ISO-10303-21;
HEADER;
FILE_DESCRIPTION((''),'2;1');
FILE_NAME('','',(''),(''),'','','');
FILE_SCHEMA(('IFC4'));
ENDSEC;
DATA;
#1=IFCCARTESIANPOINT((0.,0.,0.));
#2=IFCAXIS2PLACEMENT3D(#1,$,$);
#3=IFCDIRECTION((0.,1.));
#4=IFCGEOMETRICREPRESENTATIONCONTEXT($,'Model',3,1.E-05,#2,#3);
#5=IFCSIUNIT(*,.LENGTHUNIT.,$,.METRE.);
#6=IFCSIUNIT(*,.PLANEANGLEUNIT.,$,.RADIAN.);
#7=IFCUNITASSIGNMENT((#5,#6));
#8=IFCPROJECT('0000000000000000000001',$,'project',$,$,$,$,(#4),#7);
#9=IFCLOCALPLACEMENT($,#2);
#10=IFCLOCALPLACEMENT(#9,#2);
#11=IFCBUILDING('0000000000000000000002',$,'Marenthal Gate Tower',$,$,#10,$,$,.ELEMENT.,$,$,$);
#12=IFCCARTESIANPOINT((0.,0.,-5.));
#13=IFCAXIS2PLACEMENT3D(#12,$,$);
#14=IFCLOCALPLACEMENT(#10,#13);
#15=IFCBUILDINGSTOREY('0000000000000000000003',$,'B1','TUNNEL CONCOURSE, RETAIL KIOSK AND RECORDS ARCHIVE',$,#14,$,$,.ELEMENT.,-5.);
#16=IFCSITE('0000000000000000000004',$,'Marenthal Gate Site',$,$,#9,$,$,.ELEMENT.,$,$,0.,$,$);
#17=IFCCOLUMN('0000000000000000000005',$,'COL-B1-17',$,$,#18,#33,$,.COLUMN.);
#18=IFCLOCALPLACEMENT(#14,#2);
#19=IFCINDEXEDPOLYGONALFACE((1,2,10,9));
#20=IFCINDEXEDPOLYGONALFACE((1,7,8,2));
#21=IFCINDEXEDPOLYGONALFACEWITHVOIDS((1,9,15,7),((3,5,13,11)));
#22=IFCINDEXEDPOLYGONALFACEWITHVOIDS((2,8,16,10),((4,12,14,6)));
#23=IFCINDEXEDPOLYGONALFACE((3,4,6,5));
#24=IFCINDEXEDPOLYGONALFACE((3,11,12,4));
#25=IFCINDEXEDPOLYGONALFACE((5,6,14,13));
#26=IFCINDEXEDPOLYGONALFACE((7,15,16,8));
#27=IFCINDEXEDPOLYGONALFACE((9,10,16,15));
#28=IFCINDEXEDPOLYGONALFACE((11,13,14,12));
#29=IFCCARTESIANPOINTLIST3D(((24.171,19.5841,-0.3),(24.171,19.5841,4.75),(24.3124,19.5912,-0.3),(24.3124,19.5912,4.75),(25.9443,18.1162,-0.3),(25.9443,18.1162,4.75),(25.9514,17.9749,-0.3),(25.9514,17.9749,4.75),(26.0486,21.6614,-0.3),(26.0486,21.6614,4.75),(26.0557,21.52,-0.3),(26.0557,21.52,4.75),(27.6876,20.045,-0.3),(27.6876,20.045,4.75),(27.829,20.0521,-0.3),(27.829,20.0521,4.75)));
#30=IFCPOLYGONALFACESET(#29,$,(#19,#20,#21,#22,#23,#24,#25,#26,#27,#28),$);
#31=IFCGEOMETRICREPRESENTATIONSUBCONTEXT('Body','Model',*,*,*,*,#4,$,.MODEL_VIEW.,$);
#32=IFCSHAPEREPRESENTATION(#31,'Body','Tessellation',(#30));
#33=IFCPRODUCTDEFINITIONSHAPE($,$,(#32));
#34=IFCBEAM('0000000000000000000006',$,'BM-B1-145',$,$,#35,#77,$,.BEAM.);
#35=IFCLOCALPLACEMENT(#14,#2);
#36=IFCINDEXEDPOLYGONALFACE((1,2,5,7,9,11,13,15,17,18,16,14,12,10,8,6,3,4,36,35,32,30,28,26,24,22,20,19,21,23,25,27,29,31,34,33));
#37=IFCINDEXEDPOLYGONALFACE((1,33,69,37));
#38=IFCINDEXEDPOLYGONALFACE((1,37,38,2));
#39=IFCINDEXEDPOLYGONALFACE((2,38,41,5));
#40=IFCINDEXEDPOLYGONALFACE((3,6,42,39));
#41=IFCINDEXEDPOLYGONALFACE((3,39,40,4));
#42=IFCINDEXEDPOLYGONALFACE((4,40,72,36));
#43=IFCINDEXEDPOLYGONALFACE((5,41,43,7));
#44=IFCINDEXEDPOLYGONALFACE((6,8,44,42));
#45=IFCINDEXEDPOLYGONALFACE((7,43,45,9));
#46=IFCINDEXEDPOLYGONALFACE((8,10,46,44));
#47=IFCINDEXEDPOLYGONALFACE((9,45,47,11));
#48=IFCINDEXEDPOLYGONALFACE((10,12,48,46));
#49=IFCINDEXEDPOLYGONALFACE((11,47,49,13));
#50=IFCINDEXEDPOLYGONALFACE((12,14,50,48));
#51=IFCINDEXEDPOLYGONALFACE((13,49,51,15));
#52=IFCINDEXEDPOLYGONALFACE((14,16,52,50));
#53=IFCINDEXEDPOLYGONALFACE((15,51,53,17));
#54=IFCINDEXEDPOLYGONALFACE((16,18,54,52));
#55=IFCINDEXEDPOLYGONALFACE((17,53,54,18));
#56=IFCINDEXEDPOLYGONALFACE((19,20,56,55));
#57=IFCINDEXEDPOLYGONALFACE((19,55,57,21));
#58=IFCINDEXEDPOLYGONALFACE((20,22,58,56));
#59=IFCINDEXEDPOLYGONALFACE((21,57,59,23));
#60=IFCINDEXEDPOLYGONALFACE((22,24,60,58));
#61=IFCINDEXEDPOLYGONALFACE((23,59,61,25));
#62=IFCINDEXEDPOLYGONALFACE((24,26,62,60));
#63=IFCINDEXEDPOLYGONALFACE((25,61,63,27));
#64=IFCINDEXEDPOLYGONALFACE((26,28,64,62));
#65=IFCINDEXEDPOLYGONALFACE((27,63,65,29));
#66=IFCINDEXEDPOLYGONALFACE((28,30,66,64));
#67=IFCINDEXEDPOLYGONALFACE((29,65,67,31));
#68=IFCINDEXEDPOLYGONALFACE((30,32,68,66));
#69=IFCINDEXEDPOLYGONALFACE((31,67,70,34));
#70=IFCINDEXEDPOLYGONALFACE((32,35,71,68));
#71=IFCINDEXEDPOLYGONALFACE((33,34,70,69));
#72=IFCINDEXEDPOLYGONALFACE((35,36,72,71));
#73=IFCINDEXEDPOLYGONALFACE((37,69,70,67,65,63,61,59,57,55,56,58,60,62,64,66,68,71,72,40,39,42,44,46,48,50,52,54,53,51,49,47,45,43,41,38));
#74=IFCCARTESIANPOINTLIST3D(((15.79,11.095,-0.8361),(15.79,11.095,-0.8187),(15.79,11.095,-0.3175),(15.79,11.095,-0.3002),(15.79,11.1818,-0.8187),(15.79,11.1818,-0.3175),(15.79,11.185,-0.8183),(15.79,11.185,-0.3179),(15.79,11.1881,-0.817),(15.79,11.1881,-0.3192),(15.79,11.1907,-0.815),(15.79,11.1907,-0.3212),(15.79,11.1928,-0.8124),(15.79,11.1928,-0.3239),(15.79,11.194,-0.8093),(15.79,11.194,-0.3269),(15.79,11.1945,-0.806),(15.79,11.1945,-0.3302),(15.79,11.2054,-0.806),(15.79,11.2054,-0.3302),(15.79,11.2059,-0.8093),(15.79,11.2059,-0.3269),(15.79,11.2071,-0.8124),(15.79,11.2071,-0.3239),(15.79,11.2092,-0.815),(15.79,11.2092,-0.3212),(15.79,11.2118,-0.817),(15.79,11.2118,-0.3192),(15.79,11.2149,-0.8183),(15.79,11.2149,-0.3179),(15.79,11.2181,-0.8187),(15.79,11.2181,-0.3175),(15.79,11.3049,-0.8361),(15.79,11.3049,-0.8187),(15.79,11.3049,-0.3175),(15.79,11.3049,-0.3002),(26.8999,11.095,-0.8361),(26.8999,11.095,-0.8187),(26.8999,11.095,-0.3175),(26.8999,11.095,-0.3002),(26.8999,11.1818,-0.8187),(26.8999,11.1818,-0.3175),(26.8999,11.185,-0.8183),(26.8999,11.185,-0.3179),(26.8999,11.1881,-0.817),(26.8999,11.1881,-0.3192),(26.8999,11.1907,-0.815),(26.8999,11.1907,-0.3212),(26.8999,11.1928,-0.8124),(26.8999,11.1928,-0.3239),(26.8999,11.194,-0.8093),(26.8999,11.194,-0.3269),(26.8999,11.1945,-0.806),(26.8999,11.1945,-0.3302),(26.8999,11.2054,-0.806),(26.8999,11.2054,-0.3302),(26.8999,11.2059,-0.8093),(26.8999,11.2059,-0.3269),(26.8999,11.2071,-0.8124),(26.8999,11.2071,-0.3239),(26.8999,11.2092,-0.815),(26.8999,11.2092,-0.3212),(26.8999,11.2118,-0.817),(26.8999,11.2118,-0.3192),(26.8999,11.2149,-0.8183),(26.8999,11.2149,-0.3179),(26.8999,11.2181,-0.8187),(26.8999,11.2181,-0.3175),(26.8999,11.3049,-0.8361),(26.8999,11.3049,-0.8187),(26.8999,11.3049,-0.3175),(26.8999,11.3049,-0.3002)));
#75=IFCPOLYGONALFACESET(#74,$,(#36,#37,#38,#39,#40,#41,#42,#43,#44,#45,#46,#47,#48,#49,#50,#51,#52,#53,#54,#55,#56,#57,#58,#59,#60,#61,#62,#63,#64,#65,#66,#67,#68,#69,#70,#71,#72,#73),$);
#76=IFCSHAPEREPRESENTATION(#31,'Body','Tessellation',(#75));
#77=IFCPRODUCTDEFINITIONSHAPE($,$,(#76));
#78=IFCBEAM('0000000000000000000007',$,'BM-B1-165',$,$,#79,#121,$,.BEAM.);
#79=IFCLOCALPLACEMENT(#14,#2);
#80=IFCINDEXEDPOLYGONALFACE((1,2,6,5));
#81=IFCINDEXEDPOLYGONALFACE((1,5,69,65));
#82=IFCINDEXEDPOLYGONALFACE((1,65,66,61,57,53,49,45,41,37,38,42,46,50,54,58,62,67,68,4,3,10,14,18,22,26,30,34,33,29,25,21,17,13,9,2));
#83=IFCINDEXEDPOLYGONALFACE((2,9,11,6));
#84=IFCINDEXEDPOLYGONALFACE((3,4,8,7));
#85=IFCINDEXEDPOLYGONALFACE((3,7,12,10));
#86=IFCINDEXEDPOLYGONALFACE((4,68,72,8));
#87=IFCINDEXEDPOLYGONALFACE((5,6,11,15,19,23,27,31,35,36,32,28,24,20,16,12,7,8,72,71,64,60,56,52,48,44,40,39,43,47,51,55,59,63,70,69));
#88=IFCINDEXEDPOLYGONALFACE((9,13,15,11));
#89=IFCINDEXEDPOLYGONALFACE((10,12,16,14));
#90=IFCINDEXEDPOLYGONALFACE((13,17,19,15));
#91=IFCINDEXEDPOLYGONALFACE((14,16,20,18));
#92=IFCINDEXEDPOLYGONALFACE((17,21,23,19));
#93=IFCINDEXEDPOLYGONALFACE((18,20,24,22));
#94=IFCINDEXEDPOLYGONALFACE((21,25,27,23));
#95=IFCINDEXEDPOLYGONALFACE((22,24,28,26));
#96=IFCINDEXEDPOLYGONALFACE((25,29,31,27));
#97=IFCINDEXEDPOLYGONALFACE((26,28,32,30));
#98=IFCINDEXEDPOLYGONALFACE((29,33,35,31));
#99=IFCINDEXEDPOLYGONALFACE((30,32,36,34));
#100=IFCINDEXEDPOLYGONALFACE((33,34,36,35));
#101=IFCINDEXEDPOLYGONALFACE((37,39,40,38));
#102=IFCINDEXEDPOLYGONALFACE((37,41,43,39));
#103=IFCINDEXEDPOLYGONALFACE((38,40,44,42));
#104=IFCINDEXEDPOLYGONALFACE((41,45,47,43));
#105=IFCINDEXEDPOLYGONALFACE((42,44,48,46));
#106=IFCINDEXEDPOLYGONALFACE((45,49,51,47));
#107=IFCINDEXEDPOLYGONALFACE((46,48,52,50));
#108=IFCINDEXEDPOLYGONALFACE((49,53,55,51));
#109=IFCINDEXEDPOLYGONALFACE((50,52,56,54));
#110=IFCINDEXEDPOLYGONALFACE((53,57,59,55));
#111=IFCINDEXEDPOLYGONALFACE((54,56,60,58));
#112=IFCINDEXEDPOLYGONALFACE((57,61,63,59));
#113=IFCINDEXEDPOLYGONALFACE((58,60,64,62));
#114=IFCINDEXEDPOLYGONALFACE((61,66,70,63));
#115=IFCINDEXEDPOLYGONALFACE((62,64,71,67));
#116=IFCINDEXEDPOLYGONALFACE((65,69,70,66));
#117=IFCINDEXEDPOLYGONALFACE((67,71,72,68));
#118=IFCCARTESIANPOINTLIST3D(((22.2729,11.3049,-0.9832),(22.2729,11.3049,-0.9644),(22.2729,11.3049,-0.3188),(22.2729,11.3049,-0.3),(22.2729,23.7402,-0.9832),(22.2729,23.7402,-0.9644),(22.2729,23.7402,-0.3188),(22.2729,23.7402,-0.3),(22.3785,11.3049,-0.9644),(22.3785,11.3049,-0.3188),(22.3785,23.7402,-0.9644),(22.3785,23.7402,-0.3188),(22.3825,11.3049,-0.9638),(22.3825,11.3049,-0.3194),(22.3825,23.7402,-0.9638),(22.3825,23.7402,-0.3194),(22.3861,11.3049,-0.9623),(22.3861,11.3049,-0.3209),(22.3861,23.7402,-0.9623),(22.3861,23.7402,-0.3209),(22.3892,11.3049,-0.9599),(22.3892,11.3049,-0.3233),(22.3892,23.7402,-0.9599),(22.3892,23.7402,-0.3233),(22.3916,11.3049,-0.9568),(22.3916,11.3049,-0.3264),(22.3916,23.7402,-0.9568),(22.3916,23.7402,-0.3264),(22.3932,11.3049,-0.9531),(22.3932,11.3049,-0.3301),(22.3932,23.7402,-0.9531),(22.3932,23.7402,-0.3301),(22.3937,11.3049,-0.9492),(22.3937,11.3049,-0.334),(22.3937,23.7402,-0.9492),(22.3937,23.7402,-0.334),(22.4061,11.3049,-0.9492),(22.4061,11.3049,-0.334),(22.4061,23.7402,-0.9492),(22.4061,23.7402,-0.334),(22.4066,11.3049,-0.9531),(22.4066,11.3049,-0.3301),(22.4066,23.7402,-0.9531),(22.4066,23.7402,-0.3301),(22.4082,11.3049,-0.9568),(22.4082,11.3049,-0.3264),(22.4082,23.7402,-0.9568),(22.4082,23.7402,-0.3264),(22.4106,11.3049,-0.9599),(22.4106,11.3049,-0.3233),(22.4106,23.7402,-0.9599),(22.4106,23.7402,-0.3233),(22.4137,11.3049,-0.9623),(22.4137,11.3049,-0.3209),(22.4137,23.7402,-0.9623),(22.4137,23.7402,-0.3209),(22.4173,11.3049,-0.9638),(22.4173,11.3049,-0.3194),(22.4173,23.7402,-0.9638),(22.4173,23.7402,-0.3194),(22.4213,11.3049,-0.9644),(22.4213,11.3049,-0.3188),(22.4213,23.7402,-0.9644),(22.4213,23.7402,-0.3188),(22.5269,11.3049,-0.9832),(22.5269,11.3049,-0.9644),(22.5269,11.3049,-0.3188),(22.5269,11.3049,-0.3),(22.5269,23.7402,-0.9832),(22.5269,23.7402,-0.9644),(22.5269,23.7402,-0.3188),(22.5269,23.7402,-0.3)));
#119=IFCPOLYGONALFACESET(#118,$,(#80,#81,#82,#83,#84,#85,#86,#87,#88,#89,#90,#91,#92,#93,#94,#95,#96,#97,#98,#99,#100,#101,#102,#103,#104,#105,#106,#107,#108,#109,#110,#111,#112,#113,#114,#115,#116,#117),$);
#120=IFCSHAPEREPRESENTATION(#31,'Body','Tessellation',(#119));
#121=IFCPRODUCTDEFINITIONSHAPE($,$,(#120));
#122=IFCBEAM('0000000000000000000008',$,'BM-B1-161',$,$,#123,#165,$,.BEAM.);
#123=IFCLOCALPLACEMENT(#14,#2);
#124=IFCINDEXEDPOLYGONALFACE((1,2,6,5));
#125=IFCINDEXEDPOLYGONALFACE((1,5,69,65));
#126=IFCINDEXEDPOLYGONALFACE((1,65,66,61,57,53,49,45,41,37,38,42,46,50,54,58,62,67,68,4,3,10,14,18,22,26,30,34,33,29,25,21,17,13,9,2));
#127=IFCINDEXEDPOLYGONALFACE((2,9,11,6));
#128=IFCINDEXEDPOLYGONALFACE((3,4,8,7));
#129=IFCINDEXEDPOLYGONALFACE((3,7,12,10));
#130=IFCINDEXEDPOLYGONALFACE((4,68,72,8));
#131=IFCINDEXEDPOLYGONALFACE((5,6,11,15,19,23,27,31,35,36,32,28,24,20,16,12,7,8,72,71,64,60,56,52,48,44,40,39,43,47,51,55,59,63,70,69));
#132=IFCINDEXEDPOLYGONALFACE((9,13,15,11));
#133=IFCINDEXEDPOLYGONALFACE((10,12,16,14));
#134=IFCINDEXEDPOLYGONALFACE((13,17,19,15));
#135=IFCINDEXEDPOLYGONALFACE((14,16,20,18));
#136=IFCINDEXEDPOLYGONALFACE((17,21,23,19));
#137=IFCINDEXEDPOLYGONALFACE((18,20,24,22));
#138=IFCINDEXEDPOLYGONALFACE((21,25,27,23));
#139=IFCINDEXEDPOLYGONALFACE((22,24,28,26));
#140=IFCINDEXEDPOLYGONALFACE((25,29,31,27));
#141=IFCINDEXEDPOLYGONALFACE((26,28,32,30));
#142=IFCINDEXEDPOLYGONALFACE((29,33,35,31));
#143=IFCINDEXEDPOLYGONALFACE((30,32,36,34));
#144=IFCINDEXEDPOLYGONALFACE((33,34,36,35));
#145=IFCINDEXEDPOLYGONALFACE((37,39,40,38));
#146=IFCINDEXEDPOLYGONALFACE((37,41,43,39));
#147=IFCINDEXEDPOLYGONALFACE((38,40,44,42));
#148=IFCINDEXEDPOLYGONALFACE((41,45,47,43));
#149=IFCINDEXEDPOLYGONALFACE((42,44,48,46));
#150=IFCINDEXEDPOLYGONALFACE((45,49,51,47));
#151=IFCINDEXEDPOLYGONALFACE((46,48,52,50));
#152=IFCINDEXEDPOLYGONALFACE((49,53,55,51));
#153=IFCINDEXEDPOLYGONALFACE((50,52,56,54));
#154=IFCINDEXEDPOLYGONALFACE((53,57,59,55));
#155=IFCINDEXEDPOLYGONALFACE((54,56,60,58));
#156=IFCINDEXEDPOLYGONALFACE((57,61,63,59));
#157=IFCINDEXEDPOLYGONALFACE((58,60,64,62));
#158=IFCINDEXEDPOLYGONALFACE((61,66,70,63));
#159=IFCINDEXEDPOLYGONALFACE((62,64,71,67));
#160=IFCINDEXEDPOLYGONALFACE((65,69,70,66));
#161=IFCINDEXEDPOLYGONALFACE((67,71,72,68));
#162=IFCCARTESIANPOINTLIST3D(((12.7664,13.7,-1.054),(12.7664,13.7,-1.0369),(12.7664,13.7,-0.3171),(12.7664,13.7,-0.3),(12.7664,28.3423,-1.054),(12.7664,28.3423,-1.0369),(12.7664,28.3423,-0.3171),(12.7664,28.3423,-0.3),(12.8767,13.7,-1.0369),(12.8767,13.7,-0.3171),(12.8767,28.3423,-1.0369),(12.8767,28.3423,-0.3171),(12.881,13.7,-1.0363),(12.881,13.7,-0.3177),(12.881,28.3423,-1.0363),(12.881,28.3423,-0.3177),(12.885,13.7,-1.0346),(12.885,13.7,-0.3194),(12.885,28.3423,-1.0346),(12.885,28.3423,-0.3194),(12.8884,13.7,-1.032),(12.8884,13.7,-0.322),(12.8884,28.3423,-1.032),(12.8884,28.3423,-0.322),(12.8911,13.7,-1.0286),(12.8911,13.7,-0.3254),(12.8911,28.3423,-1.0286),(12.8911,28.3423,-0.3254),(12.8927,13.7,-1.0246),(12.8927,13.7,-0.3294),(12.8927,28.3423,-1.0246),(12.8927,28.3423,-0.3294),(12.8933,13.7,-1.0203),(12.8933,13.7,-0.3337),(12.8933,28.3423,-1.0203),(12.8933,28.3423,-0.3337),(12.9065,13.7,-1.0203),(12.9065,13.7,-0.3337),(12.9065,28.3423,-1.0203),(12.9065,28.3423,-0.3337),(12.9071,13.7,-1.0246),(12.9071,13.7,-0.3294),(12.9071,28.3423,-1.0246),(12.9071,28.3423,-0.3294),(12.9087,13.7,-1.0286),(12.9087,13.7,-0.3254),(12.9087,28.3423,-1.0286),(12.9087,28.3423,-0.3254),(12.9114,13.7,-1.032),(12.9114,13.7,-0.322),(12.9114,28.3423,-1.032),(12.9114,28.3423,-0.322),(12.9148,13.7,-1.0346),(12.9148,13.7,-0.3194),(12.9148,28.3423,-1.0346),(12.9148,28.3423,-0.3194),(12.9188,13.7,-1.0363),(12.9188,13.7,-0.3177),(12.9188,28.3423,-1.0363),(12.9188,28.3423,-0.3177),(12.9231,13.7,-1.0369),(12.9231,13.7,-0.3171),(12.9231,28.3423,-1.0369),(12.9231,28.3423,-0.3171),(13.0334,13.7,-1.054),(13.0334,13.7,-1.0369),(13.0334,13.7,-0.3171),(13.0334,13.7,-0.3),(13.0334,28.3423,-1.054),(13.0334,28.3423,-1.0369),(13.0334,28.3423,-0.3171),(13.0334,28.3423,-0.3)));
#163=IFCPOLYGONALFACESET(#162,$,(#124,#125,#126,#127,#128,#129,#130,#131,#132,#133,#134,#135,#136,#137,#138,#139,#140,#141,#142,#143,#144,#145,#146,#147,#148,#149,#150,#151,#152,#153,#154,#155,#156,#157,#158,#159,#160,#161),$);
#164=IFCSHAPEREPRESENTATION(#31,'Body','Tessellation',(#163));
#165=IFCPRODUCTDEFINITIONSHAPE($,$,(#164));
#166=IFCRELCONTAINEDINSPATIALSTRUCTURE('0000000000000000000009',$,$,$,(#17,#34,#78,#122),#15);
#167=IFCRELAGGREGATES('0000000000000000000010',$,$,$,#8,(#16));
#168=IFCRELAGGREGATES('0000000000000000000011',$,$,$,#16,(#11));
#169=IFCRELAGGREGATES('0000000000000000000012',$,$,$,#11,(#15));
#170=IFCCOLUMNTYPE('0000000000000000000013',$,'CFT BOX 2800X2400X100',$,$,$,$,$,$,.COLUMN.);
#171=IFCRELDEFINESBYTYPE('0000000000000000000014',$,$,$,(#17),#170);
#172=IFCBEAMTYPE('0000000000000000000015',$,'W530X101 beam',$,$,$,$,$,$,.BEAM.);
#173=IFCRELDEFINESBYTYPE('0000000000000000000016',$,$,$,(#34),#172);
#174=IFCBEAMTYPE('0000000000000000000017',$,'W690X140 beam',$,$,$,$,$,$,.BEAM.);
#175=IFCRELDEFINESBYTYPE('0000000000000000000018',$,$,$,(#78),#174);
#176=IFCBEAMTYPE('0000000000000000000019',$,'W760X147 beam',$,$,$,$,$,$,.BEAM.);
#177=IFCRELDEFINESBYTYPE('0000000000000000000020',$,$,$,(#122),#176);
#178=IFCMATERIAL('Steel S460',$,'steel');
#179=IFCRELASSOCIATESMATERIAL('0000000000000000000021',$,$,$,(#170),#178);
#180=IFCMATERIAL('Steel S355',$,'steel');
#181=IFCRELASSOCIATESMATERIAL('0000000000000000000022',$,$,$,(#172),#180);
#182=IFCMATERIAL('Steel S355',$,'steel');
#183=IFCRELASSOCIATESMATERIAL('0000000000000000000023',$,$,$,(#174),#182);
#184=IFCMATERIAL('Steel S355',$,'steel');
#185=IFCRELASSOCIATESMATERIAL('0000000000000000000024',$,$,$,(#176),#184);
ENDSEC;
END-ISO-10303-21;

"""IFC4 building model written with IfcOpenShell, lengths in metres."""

from ifc_helpers import new_model, si_unit, direction, frame, origin, origin_2d, place, context, subcontext, project, spatial, rectangle, hollow_rectangle, i_section, extrude, material, material_profile, profile_set, type_object, element, save


model = new_model("IFC4")

# Units and contexts
model_context = context("Model", 3, precision=1e-05, world=origin(), true_north=direction((0.0, 1.0)))
body_context = subcontext(model_context, "Body", "Model", "MODEL_VIEW")
ifc_project = project(units=[si_unit("LENGTHUNIT", "METRE"), si_unit("PLANEANGLEUNIT", "RADIAN")], contexts=[model_context])

# Site, building, storey
site_placement = place(None, origin())
site = spatial("IfcSite", under=ifc_project, at=site_placement, Name="Marenthal Gate Site", CompositionType="ELEMENT", RefElevation=0.0)
building_placement = place(site_placement, origin())
building = spatial("IfcBuilding", under=site, at=building_placement, Name="Marenthal Gate Tower", CompositionType="ELEMENT")
storey_placement = place(building_placement, frame((0.0, 0.0, -5.0)))
storey = spatial("IfcBuildingStorey", under=building, at=storey_placement, Name="B1", Description="TUNNEL CONCOURSE, RETAIL KIOSK AND RECORDS ARCHIVE", CompositionType="ELEMENT", Elevation=-5.0)

# Column
ifc_material_1 = material(Name="Steel S460", Category="steel")
ifc_material_profile_1 = material_profile(ifc_material_1, hollow_rectangle(XDim=2.3999, YDim=2.8, WallThickness=0.1001, at=origin_2d()), Name="CFT BOX 2800X2400X100")
ifc_material_2 = material(Name="Concrete 70 MPa", Category="concrete")
ifc_material_profile_2 = material_profile(ifc_material_2, rectangle(XDim=2.2, YDim=2.6001, at=origin_2d()), Name="CFT BOX 2800X2400X100 INFILL")
ifc_profile_set_1 = profile_set([ifc_material_profile_1, ifc_material_profile_2], Name="Steel S460 shell, Concrete 70 MPa infill")
column_type = type_object("IfcColumnType", Name="CFT BOX 2800X2400X100", PredefinedType="COLUMN", material=ifc_profile_set_1)
column_placement = place(storey_placement, frame((26.0, 19.8181, -0.3), z_axis=(0.0, 0.0, 1.0), x_axis=(0.741874, -0.670539, 0.0)))
element("IfcColumn", 1, at=column_placement, inside=storey, type_object=column_type, Name="COL-B1-17", PredefinedType="COLUMN", context=body_context, shape_type="SweptSolid", body=[
    extrude(hollow_rectangle(XDim=2.3999, YDim=2.8, WallThickness=0.1001, at=origin_2d()), origin(), (0.0, 0.0, 1.0), 5.05),
])

# Beams
ifc_material_3 = material(Name="Steel S355", Category="steel")
ifc_material_profile_3 = material_profile(ifc_material_3, i_section(OverallWidth=0.21, OverallDepth=0.5359, WebThickness=0.011, FlangeThickness=0.0173, FilletRadius=0.0127, at=origin_2d()), Name="W530X101")
ifc_profile_set_2 = profile_set([ifc_material_profile_3], Name="Steel S355")
beam_type_1 = type_object("IfcBeamType", Name="W530X101 beam", PredefinedType="BEAM", material=ifc_profile_set_2)
beam_1_placement = place(storey_placement, frame((15.79, 11.2, -0.5681), z_axis=(1.0, 0.0, 0.0), x_axis=(0.0, 1.0, 0.0)))
element("IfcBeam", 2, at=beam_1_placement, inside=storey, type_object=beam_type_1, Name="BM-B1-145", PredefinedType="BEAM", context=body_context, shape_type="SweptSolid", body=[
    extrude(i_section(OverallWidth=0.21, OverallDepth=0.5359, WebThickness=0.011, FlangeThickness=0.0173, FilletRadius=0.0127, at=origin_2d()), origin(), (0.0, 0.0, 1.0), 11.1099),
])
ifc_material_4 = material(Name="Steel S355", Category="steel")
ifc_material_profile_4 = material_profile(ifc_material_4, i_section(OverallWidth=0.2539, OverallDepth=0.6831, WebThickness=0.0125, FlangeThickness=0.0188, FilletRadius=0.0151, at=origin_2d()), Name="W690X140")
ifc_profile_set_3 = profile_set([ifc_material_profile_4], Name="Steel S355")
beam_type_2 = type_object("IfcBeamType", Name="W690X140 beam", PredefinedType="BEAM", material=ifc_profile_set_3)
beam_2_placement = place(storey_placement, frame((22.3999, 11.3049, -0.6416), z_axis=(0.0, 1.0, 0.0), x_axis=(-1.0, 0.0, 0.0)))
element("IfcBeam", 3, at=beam_2_placement, inside=storey, type_object=beam_type_2, Name="BM-B1-165", PredefinedType="BEAM", context=body_context, shape_type="SweptSolid", body=[
    extrude(i_section(OverallWidth=0.2539, OverallDepth=0.6831, WebThickness=0.0125, FlangeThickness=0.0188, FilletRadius=0.0151, at=origin_2d()), origin(), (0.0, 0.0, 1.0), 12.4353),
])
ifc_material_5 = material(Name="Steel S355", Category="steel")
ifc_material_profile_5 = material_profile(ifc_material_5, i_section(OverallWidth=0.2671, OverallDepth=0.7539, WebThickness=0.0132, FlangeThickness=0.0171, FilletRadius=0.0166, at=origin_2d()), Name="W760X147")
ifc_profile_set_4 = profile_set([ifc_material_profile_5], Name="Steel S355")
beam_type_3 = type_object("IfcBeamType", Name="W760X147 beam", PredefinedType="BEAM", material=ifc_profile_set_4)
beam_3_placement = place(storey_placement, frame((12.8999, 13.7, -0.677), z_axis=(0.0, 1.0, 0.0), x_axis=(-1.0, 0.0, 0.0)))
element("IfcBeam", 4, at=beam_3_placement, inside=storey, type_object=beam_type_3, Name="BM-B1-161", PredefinedType="BEAM", context=body_context, shape_type="SweptSolid", body=[
    extrude(i_section(OverallWidth=0.2671, OverallDepth=0.7539, WebThickness=0.0132, FlangeThickness=0.0171, FilletRadius=0.0166, at=origin_2d()), origin(), (0.0, 0.0, 1.0), 14.6423),
])

save(model, "model.ifc")
